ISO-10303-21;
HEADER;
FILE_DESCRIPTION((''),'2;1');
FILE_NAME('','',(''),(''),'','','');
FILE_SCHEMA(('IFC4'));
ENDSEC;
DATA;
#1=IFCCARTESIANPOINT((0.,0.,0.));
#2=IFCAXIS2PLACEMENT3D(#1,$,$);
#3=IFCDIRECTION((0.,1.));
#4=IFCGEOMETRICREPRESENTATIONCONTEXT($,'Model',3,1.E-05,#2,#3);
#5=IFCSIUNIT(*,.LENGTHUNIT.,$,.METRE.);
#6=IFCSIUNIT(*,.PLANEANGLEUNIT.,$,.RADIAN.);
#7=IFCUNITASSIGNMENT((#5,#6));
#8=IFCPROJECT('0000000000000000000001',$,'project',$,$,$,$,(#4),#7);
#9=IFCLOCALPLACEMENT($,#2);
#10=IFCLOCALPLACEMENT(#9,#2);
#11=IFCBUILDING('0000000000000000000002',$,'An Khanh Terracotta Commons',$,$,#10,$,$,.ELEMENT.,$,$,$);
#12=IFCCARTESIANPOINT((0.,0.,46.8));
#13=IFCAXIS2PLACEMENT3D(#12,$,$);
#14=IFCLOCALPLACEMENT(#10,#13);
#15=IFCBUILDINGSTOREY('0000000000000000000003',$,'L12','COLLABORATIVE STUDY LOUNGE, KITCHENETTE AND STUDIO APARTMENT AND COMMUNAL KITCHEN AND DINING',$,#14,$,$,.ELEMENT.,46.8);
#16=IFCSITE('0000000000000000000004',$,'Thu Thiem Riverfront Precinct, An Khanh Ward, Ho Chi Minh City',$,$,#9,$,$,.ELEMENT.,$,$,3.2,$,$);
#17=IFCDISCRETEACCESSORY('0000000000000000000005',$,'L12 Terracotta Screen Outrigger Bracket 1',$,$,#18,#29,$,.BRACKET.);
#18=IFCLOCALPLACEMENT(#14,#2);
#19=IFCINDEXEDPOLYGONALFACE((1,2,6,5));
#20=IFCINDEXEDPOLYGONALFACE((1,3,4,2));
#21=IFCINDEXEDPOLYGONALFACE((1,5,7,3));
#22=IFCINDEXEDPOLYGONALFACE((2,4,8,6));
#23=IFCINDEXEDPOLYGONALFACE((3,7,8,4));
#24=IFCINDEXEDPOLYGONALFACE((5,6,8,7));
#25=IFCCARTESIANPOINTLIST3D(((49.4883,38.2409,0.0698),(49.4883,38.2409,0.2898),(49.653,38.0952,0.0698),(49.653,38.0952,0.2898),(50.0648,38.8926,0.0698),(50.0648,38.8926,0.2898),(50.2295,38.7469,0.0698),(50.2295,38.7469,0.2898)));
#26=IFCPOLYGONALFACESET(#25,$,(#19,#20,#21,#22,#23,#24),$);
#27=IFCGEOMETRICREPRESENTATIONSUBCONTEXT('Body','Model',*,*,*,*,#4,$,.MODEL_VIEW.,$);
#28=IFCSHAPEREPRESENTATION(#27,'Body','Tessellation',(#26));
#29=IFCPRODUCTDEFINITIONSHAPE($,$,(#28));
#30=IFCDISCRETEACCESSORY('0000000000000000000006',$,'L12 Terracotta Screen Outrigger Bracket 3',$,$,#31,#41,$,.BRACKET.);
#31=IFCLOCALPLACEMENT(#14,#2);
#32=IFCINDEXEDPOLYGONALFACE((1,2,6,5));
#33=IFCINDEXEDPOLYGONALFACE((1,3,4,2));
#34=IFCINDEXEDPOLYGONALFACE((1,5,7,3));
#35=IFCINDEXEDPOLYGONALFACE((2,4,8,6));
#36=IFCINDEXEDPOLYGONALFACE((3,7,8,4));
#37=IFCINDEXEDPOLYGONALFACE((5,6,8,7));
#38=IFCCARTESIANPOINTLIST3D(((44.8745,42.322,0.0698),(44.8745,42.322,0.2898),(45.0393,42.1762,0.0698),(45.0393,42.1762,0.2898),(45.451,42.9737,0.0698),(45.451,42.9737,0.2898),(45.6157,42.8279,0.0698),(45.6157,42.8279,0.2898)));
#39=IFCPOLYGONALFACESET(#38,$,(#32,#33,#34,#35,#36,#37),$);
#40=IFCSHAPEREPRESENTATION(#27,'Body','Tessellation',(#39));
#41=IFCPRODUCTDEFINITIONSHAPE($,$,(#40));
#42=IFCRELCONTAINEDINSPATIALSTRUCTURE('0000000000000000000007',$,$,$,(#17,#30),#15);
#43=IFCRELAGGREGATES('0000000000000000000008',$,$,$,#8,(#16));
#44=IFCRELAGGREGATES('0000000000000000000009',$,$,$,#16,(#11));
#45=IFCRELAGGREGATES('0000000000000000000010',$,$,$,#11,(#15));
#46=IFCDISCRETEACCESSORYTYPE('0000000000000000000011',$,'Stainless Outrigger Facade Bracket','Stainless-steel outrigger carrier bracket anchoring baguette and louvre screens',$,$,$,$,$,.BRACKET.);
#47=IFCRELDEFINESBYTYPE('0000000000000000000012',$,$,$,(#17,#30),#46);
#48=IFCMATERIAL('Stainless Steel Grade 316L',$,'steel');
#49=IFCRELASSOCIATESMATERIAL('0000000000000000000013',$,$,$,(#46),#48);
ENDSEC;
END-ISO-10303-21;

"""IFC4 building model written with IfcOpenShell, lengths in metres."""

from ifc_helpers import new_model, si_unit, direction, frame, origin, origin_2d, place, context, subcontext, project, spatial, rectangle, extrude, material, type_object, element, save


model = new_model("IFC4")

# Units and contexts
model_context = context("Model", 3, precision=1e-05, world=origin(), true_north=direction((0.0, 1.0)))
body_context = subcontext(model_context, "Body", "Model", "MODEL_VIEW")
ifc_project = project(units=[si_unit("LENGTHUNIT", "METRE"), si_unit("PLANEANGLEUNIT", "RADIAN")], contexts=[model_context])

# Site, building, storey
site_placement = place(None, origin())
site = spatial("IfcSite", under=ifc_project, at=site_placement, Name="Thu Thiem Riverfront Precinct, An Khanh Ward, Ho Chi Minh City", CompositionType="ELEMENT", RefElevation=3.2)
building_placement = place(site_placement, origin())
building = spatial("IfcBuilding", under=site, at=building_placement, Name="An Khanh Terracotta Commons", CompositionType="ELEMENT")
storey_placement = place(building_placement, frame((0.0, 0.0, 46.8)))
storey = spatial("IfcBuildingStorey", under=building, at=storey_placement, Name="L12", Description="COLLABORATIVE STUDY LOUNGE, KITCHENETTE AND STUDIO APARTMENT AND COMMUNAL KITCHEN AND DINING", CompositionType="ELEMENT", Elevation=46.8)

# Discrete accessories
ifc_material_1 = material(Name="Stainless Steel Grade 316L", Category="steel")
discrete_accessory_type = type_object("IfcDiscreteAccessoryType", Name="Stainless Outrigger Facade Bracket", Description="Stainless-steel outrigger carrier bracket anchoring baguette and louvre screens", PredefinedType="BRACKET", material=ifc_material_1)
for number, where, z_axis, x_axis, name in (
    (1, (49.8589, 38.4939, 0.0698), (0.0, 0.0, 1.0), (-0.749019, 0.662548, 0.0), "L12 Terracotta Screen Outrigger Bracket 1"),
    (2, (45.2451, 42.575, 0.0698), (0.0, 0.0, 1.0), (-0.749019, 0.662548, 0.0), "L12 Terracotta Screen Outrigger Bracket 3"),
):
    element("IfcDiscreteAccessory", number, at=place(storey_placement, frame(where, z_axis=z_axis, x_axis=x_axis)), inside=storey, type_object=discrete_accessory_type, Name=name, PredefinedType="BRACKET", context=body_context, shape_type="SweptSolid", body=[
        extrude(rectangle(XDim=0.22, YDim=0.8701, at=origin_2d()), origin(), (0.0, 0.0, 1.0), 0.22),
    ])

save(model, "model.ifc")
